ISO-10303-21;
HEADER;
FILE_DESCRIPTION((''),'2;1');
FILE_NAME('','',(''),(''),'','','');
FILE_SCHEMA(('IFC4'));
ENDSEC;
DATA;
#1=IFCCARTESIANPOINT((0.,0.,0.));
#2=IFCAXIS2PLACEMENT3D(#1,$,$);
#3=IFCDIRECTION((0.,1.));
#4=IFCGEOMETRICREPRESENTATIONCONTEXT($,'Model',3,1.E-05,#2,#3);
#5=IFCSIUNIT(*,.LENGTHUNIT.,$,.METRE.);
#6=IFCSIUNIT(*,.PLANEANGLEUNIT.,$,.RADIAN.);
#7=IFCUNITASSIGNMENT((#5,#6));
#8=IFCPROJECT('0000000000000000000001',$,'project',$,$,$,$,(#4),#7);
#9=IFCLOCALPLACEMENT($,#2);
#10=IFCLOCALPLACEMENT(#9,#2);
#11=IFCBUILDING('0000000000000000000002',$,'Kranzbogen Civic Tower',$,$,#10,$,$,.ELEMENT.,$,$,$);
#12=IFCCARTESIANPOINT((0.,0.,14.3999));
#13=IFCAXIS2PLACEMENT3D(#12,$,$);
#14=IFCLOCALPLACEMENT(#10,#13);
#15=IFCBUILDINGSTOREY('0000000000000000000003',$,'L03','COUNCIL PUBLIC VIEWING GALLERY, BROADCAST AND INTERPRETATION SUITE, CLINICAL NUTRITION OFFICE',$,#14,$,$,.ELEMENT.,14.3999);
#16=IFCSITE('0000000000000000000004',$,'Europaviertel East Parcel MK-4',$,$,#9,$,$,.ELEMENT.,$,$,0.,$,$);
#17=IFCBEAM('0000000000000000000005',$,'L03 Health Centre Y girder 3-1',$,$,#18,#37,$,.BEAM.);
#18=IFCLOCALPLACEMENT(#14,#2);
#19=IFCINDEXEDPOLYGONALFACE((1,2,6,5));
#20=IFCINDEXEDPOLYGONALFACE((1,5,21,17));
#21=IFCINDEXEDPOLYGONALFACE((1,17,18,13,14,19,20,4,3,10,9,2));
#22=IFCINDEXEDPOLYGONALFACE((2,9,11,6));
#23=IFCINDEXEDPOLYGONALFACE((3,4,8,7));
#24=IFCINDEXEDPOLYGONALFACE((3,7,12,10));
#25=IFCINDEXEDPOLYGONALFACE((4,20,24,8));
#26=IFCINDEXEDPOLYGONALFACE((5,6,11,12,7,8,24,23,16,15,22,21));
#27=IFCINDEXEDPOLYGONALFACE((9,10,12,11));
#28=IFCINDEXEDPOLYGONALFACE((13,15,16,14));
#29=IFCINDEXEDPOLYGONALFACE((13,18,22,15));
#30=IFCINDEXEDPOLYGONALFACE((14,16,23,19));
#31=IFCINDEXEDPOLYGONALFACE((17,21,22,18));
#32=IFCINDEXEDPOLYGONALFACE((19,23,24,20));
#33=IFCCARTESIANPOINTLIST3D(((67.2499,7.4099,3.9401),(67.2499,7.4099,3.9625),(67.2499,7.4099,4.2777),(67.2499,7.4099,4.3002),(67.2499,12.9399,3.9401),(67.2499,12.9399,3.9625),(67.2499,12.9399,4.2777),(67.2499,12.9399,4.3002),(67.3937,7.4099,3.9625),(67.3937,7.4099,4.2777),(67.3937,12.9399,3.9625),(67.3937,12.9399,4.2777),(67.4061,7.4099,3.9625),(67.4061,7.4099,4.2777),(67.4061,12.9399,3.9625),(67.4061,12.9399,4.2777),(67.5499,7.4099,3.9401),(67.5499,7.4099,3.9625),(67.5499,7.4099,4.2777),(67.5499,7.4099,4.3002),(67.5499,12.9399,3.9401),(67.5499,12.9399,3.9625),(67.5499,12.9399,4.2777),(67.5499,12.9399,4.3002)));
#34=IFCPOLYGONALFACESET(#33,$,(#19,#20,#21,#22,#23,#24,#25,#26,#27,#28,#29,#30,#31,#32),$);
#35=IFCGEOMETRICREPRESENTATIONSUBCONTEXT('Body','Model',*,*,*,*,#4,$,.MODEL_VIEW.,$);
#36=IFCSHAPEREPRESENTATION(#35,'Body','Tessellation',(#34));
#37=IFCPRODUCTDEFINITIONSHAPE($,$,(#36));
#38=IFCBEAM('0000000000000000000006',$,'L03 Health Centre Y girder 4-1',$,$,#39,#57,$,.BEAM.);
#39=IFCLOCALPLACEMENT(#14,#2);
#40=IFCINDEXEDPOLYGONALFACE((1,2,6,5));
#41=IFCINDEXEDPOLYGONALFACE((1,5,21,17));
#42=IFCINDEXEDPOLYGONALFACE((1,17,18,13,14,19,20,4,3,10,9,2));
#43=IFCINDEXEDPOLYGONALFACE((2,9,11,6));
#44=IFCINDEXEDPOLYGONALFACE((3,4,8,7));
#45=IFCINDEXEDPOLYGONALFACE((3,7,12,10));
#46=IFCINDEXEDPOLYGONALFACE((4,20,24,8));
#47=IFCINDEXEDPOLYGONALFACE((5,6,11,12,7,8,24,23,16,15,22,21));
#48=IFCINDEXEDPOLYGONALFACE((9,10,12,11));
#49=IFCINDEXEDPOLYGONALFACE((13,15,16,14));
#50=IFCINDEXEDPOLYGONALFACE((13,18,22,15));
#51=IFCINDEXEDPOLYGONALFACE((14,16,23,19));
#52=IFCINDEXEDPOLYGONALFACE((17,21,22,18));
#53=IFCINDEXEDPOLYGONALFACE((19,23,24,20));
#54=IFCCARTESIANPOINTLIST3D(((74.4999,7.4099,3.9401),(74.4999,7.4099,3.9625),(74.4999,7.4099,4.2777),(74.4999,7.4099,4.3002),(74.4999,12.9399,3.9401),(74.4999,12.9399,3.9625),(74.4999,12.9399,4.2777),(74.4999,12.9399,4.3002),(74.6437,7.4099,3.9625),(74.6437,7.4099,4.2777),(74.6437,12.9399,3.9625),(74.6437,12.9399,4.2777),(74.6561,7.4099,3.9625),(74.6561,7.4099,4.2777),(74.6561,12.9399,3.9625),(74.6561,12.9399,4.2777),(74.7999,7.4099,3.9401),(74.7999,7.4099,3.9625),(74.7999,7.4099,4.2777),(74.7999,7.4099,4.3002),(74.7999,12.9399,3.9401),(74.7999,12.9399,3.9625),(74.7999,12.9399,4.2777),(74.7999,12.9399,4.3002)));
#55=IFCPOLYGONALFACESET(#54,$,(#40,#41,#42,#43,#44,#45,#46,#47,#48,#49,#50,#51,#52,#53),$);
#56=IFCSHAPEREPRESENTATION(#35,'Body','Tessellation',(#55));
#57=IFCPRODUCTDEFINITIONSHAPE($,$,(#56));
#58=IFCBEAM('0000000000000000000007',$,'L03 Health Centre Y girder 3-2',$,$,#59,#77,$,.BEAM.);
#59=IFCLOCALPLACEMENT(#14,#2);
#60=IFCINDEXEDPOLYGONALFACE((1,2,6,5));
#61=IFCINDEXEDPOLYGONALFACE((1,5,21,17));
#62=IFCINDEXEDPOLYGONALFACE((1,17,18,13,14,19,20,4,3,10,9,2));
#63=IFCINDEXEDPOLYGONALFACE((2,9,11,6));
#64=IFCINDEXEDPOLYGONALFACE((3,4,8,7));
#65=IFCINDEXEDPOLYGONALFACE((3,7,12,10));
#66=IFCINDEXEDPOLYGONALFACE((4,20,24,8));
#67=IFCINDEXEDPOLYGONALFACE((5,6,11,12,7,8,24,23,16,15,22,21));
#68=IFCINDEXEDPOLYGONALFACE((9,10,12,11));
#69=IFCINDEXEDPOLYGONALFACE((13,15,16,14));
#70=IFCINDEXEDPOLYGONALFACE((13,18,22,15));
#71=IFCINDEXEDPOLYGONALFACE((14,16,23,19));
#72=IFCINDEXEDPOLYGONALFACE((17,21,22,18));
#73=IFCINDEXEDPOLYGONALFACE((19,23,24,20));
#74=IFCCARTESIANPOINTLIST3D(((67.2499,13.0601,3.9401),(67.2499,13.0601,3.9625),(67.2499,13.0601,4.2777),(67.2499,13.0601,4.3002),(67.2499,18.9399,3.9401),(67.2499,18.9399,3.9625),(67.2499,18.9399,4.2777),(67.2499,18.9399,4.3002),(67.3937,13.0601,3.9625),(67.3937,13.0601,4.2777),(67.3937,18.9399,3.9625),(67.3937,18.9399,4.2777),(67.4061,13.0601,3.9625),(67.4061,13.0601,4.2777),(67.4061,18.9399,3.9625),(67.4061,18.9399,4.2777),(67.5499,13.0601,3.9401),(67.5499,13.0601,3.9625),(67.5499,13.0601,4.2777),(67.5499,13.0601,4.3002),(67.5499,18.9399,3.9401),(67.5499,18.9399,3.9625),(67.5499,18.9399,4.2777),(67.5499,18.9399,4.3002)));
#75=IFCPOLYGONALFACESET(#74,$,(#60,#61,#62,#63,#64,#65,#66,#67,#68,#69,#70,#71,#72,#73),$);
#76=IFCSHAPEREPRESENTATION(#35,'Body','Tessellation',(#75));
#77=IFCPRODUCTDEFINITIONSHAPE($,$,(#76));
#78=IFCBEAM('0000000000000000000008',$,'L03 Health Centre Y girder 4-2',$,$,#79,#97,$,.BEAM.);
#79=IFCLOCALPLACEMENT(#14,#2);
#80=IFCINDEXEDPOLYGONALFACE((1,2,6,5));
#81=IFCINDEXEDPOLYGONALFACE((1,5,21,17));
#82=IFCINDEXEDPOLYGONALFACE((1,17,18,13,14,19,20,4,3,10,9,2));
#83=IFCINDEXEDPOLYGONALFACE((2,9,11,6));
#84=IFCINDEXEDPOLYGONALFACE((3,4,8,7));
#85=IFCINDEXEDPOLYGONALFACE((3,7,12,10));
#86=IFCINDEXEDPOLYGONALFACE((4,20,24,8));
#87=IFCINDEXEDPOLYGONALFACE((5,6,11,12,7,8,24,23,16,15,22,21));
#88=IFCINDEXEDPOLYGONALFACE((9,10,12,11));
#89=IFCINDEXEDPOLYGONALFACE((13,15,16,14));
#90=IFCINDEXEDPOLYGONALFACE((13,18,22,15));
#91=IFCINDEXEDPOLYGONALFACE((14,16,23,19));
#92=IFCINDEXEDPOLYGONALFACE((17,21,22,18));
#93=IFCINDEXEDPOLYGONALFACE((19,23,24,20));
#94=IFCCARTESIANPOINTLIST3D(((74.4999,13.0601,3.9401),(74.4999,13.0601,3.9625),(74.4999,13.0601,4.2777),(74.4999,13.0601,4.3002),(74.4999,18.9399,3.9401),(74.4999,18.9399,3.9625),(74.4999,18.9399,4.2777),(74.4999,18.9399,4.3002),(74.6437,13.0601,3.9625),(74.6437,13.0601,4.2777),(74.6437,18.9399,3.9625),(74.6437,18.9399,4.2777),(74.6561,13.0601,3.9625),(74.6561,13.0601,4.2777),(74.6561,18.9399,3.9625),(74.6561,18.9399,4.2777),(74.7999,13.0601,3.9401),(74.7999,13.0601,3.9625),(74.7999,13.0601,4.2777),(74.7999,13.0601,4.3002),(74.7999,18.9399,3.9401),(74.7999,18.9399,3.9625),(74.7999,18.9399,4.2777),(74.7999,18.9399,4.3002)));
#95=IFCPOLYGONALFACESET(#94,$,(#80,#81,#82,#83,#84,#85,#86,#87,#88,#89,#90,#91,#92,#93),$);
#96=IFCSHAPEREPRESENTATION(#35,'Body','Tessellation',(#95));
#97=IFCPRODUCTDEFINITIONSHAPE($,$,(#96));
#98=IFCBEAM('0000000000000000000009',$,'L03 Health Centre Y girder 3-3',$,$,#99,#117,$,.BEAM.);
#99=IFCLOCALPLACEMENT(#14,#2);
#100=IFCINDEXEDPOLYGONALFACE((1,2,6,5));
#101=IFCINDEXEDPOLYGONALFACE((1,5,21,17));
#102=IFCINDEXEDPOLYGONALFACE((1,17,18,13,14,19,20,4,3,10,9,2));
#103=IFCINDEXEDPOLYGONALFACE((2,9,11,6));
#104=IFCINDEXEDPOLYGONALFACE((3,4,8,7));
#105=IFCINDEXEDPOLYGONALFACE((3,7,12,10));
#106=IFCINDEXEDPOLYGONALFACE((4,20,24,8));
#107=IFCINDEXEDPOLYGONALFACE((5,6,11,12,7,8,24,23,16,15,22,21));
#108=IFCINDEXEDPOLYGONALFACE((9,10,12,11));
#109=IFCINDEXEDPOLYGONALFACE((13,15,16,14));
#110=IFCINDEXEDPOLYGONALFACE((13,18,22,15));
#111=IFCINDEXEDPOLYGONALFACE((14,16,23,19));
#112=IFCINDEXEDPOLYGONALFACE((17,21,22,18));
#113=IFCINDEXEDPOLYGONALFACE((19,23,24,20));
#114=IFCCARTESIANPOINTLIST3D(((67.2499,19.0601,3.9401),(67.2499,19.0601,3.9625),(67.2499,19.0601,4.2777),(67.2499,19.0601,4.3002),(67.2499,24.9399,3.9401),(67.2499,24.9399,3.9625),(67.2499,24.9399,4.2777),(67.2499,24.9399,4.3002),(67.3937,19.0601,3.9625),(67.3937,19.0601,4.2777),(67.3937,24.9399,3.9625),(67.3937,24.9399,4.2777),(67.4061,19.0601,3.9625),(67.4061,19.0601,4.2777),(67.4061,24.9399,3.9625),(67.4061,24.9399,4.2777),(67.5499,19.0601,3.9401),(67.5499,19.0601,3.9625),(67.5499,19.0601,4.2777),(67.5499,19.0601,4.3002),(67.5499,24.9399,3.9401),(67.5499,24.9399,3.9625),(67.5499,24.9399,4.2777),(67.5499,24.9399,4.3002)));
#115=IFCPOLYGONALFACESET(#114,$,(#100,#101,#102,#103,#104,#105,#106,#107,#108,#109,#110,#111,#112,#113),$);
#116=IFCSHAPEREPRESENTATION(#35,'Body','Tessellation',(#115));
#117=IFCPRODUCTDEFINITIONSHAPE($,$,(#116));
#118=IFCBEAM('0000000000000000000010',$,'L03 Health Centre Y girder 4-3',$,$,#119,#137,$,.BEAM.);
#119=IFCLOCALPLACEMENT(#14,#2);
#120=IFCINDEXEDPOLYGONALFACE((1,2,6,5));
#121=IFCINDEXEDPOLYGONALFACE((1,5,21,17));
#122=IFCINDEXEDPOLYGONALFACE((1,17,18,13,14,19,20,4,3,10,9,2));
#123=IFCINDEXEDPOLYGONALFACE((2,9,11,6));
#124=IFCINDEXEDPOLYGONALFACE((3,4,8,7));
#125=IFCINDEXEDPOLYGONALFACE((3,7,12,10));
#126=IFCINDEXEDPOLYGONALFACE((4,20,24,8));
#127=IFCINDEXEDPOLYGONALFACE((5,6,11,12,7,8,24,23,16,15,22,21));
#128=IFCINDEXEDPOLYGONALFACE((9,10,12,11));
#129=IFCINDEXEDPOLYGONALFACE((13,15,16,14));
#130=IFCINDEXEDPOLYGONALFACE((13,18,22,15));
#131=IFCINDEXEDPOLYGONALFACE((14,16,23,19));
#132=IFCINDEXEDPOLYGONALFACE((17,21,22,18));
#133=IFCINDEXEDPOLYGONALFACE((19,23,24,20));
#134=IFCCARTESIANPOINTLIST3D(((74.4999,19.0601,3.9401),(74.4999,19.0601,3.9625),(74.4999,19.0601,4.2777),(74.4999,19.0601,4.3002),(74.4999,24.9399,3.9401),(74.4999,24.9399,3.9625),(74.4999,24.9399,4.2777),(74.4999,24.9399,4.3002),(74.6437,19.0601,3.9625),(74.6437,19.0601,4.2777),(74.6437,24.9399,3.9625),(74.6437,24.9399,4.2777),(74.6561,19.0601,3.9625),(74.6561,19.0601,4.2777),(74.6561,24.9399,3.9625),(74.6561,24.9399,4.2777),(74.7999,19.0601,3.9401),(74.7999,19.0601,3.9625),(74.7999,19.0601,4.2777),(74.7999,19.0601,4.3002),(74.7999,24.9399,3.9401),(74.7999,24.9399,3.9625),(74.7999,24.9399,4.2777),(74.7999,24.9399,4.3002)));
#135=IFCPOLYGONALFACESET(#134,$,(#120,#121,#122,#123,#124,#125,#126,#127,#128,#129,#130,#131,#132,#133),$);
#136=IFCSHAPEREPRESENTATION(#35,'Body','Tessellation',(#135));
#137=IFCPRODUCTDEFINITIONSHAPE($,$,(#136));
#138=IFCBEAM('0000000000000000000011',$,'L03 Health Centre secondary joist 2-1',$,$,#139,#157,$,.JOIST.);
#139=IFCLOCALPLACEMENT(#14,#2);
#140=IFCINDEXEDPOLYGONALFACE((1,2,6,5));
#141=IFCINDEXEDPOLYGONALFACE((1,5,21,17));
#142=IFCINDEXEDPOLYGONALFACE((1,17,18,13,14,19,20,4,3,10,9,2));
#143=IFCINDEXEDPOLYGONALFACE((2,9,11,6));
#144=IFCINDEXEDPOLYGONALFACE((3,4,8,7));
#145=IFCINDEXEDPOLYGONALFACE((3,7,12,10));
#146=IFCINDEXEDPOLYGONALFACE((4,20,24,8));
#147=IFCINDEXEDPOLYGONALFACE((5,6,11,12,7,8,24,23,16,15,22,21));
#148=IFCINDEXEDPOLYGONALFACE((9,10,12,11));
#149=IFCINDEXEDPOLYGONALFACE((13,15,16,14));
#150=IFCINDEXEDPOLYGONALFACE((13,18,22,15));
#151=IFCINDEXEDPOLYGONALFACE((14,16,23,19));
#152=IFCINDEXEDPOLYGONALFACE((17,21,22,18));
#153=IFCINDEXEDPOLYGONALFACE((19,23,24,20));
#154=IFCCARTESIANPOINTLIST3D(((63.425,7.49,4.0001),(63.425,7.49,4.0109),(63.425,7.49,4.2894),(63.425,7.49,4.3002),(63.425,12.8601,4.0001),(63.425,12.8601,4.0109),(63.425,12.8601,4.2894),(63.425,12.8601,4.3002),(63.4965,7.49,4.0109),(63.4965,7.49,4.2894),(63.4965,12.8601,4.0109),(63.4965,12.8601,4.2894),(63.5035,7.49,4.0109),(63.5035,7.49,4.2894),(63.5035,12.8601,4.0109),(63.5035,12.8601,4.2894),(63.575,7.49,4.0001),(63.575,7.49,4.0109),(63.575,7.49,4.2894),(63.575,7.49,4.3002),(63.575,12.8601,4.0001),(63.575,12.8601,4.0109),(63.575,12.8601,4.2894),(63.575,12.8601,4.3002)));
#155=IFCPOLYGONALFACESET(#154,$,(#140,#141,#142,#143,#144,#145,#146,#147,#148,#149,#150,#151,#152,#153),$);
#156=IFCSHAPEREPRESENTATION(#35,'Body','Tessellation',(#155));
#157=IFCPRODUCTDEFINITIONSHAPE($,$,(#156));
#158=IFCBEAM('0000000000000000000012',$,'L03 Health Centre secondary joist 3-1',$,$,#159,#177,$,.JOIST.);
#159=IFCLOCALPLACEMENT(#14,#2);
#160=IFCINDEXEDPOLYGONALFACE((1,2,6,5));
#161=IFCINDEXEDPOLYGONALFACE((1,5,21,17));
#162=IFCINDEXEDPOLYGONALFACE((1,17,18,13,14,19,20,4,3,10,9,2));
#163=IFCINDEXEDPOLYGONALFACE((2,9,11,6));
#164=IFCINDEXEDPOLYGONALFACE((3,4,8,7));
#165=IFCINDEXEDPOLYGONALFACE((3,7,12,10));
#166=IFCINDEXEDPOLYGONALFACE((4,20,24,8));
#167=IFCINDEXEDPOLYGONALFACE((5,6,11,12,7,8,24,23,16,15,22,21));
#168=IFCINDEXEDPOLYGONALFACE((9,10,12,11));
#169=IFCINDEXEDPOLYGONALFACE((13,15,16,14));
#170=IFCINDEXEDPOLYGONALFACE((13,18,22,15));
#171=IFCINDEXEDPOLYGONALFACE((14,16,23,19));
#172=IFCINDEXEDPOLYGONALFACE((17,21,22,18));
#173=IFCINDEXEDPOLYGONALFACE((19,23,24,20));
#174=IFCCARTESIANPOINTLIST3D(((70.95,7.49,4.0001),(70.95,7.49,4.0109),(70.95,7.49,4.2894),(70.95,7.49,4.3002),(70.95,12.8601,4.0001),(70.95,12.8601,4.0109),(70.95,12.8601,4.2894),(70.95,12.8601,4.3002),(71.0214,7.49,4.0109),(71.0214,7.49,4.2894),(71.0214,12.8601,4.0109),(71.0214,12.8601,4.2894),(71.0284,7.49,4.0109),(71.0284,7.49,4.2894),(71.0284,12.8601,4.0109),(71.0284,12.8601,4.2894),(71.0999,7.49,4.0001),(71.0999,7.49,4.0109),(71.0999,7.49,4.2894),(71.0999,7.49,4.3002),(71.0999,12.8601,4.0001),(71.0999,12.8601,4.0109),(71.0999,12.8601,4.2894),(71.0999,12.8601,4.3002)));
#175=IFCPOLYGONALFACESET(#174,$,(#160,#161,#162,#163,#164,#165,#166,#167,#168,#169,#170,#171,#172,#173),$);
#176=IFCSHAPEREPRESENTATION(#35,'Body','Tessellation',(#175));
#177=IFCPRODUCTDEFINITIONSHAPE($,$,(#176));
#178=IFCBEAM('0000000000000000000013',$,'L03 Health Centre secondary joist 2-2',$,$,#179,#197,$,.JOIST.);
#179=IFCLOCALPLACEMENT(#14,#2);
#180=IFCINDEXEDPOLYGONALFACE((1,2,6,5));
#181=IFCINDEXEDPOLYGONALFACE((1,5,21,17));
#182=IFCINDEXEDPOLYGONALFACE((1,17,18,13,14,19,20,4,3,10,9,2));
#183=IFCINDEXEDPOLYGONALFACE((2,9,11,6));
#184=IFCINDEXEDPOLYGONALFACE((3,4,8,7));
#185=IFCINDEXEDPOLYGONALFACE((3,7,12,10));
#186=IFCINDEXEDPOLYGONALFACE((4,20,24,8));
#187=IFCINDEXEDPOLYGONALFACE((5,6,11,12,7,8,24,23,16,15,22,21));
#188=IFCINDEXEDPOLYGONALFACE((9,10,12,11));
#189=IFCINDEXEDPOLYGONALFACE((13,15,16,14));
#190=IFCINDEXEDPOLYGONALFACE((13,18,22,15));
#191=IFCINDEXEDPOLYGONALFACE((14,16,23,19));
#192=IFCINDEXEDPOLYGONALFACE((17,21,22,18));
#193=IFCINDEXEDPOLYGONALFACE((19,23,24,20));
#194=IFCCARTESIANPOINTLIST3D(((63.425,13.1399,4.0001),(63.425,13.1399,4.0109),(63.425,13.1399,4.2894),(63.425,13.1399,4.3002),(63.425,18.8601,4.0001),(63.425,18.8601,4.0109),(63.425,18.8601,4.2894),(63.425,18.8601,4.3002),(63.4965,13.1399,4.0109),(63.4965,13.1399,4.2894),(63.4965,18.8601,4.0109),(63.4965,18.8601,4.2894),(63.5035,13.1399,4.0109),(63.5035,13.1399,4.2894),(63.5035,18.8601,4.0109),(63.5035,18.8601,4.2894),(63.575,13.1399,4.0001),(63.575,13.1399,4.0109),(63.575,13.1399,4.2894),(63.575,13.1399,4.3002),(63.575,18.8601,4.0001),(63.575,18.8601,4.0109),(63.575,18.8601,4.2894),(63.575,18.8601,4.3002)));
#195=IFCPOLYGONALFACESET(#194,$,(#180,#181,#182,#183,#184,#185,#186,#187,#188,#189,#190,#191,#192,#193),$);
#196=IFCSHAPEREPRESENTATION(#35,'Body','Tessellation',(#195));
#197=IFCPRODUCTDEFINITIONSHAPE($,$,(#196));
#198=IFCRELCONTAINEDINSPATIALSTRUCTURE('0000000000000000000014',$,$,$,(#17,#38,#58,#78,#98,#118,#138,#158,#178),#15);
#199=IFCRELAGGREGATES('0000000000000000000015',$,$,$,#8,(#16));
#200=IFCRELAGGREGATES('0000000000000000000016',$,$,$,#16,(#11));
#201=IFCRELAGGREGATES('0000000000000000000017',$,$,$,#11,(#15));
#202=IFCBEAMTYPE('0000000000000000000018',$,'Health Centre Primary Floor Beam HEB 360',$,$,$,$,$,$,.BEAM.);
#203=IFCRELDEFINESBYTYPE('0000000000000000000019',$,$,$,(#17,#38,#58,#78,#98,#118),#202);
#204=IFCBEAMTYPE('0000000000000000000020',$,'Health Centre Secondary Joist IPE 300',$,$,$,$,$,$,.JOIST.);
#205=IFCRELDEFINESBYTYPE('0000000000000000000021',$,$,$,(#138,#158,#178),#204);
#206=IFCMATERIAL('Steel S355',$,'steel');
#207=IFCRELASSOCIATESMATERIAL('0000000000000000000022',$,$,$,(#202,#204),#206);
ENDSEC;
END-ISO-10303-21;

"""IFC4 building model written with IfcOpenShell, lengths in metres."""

from ifc_helpers import new_model, si_unit, direction, frame, origin, origin_2d, place, context, subcontext, project, spatial, i_section, extrude, material, material_profile, profile_set, type_object, element, save


model = new_model("IFC4")

# Units and contexts
model_context = context("Model", 3, precision=1e-05, world=origin(), true_north=direction((0.0, 1.0)))
body_context = subcontext(model_context, "Body", "Model", "MODEL_VIEW")
ifc_project = project(units=[si_unit("LENGTHUNIT", "METRE"), si_unit("PLANEANGLEUNIT", "RADIAN")], contexts=[model_context])

# Site, building, storey
site_placement = place(None, origin())
site = spatial("IfcSite", under=ifc_project, at=site_placement, Name="Europaviertel East Parcel MK-4", CompositionType="ELEMENT", RefElevation=0.0)
building_placement = place(site_placement, origin())
building = spatial("IfcBuilding", under=site, at=building_placement, Name="Kranzbogen Civic Tower", CompositionType="ELEMENT")
storey_placement = place(building_placement, frame((0.0, 0.0, 14.3999)))
storey = spatial("IfcBuildingStorey", under=building, at=storey_placement, Name="L03", Description="COUNCIL PUBLIC VIEWING GALLERY, BROADCAST AND INTERPRETATION SUITE, CLINICAL NUTRITION OFFICE", CompositionType="ELEMENT", Elevation=14.3999)

# Shared definitions
ifc_material_1 = material(Name="Steel S355", Category="steel")

# Beams
ifc_material_profile_1 = material_profile(ifc_material_1, i_section(OverallWidth=0.3, OverallDepth=0.3601, WebThickness=0.0125, FlangeThickness=0.0225, at=origin_2d()), Name="HEB 360")
ifc_profile_set_1 = profile_set([ifc_material_profile_1], Name="Steel S355")
beam_type_1 = type_object("IfcBeamType", Name="Health Centre Primary Floor Beam HEB 360", PredefinedType="BEAM", material=ifc_profile_set_1)
for number, where, z_axis, x_axis, name in (
    (1, (67.3999, 7.4099, 4.1201), (0.0, 1.0, 0.0), (-1.0, 0.0, 0.0), "L03 Health Centre Y girder 3-1"),
    (2, (74.6499, 7.4099, 4.1201), (0.0, 1.0, 0.0), (-1.0, 0.0, 0.0), "L03 Health Centre Y girder 4-1"),
):
    element("IfcBeam", number, at=place(storey_placement, frame(where, z_axis=z_axis, x_axis=x_axis)), inside=storey, type_object=beam_type_1, Name=name, PredefinedType="BEAM", context=body_context, shape_type="SweptSolid", body=[
        extrude(i_section(OverallWidth=0.3, OverallDepth=0.3601, WebThickness=0.0125, FlangeThickness=0.0225, at=origin_2d()), origin(), (0.0, 0.0, 1.0), 5.53),
    ])
for number, where, z_axis, x_axis, name in (
    (3, (67.3999, 13.0601, 4.1201), (0.0, 1.0, 0.0), (-1.0, 0.0, 0.0), "L03 Health Centre Y girder 3-2"),
    (4, (74.6499, 13.0601, 4.1201), (0.0, 1.0, 0.0), (-1.0, 0.0, 0.0), "L03 Health Centre Y girder 4-2"),
    (5, (67.3999, 19.0601, 4.1201), (0.0, 1.0, 0.0), (-1.0, 0.0, 0.0), "L03 Health Centre Y girder 3-3"),
    (6, (74.6499, 19.0601, 4.1201), (0.0, 1.0, 0.0), (-1.0, 0.0, 0.0), "L03 Health Centre Y girder 4-3"),
):
    element("IfcBeam", number, at=place(storey_placement, frame(where, z_axis=z_axis, x_axis=x_axis)), inside=storey, type_object=beam_type_1, Name=name, PredefinedType="BEAM", context=body_context, shape_type="SweptSolid", body=[
        extrude(i_section(OverallWidth=0.3, OverallDepth=0.3601, WebThickness=0.0125, FlangeThickness=0.0225, at=origin_2d()), origin(), (0.0, 0.0, 1.0), 5.8799),
    ])
ifc_material_profile_2 = material_profile(ifc_material_1, i_section(OverallWidth=0.1499, OverallDepth=0.3, WebThickness=0.0071, FlangeThickness=0.0107, at=origin_2d()), Name="IPE 300")
ifc_profile_set_2 = profile_set([ifc_material_profile_2], Name="Steel S355")
beam_type_2 = type_object("IfcBeamType", Name="Health Centre Secondary Joist IPE 300", PredefinedType="JOIST", material=ifc_profile_set_2)
for number, where, z_axis, x_axis, name in (
    (7, (63.5, 7.49, 4.1501), (0.0, 1.0, 0.0), (-1.0, 0.0, 0.0), "L03 Health Centre secondary joist 2-1"),
    (8, (71.0249, 7.49, 4.1501), (0.0, 1.0, 0.0), (-1.0, 0.0, 0.0), "L03 Health Centre secondary joist 3-1"),
):
    element("IfcBeam", number, at=place(storey_placement, frame(where, z_axis=z_axis, x_axis=x_axis)), inside=storey, type_object=beam_type_2, Name=name, PredefinedType="JOIST", context=body_context, shape_type="SweptSolid", body=[
        extrude(i_section(OverallWidth=0.1499, OverallDepth=0.3, WebThickness=0.0071, FlangeThickness=0.0107, at=origin_2d()), origin(), (0.0, 0.0, 1.0), 5.3701),
    ])
for number, where, z_axis, x_axis, name in (
    (9, (63.5, 13.1399, 4.1501), (0.0, 1.0, 0.0), (-1.0, 0.0, 0.0), "L03 Health Centre secondary joist 2-2"),
):
    element("IfcBeam", number, at=place(storey_placement, frame(where, z_axis=z_axis, x_axis=x_axis)), inside=storey, type_object=beam_type_2, Name=name, PredefinedType="JOIST", context=body_context, shape_type="SweptSolid", body=[
        extrude(i_section(OverallWidth=0.1499, OverallDepth=0.3, WebThickness=0.0071, FlangeThickness=0.0107, at=origin_2d()), origin(), (0.0, 0.0, 1.0), 5.7202),
    ])

save(model, "model.ifc")
